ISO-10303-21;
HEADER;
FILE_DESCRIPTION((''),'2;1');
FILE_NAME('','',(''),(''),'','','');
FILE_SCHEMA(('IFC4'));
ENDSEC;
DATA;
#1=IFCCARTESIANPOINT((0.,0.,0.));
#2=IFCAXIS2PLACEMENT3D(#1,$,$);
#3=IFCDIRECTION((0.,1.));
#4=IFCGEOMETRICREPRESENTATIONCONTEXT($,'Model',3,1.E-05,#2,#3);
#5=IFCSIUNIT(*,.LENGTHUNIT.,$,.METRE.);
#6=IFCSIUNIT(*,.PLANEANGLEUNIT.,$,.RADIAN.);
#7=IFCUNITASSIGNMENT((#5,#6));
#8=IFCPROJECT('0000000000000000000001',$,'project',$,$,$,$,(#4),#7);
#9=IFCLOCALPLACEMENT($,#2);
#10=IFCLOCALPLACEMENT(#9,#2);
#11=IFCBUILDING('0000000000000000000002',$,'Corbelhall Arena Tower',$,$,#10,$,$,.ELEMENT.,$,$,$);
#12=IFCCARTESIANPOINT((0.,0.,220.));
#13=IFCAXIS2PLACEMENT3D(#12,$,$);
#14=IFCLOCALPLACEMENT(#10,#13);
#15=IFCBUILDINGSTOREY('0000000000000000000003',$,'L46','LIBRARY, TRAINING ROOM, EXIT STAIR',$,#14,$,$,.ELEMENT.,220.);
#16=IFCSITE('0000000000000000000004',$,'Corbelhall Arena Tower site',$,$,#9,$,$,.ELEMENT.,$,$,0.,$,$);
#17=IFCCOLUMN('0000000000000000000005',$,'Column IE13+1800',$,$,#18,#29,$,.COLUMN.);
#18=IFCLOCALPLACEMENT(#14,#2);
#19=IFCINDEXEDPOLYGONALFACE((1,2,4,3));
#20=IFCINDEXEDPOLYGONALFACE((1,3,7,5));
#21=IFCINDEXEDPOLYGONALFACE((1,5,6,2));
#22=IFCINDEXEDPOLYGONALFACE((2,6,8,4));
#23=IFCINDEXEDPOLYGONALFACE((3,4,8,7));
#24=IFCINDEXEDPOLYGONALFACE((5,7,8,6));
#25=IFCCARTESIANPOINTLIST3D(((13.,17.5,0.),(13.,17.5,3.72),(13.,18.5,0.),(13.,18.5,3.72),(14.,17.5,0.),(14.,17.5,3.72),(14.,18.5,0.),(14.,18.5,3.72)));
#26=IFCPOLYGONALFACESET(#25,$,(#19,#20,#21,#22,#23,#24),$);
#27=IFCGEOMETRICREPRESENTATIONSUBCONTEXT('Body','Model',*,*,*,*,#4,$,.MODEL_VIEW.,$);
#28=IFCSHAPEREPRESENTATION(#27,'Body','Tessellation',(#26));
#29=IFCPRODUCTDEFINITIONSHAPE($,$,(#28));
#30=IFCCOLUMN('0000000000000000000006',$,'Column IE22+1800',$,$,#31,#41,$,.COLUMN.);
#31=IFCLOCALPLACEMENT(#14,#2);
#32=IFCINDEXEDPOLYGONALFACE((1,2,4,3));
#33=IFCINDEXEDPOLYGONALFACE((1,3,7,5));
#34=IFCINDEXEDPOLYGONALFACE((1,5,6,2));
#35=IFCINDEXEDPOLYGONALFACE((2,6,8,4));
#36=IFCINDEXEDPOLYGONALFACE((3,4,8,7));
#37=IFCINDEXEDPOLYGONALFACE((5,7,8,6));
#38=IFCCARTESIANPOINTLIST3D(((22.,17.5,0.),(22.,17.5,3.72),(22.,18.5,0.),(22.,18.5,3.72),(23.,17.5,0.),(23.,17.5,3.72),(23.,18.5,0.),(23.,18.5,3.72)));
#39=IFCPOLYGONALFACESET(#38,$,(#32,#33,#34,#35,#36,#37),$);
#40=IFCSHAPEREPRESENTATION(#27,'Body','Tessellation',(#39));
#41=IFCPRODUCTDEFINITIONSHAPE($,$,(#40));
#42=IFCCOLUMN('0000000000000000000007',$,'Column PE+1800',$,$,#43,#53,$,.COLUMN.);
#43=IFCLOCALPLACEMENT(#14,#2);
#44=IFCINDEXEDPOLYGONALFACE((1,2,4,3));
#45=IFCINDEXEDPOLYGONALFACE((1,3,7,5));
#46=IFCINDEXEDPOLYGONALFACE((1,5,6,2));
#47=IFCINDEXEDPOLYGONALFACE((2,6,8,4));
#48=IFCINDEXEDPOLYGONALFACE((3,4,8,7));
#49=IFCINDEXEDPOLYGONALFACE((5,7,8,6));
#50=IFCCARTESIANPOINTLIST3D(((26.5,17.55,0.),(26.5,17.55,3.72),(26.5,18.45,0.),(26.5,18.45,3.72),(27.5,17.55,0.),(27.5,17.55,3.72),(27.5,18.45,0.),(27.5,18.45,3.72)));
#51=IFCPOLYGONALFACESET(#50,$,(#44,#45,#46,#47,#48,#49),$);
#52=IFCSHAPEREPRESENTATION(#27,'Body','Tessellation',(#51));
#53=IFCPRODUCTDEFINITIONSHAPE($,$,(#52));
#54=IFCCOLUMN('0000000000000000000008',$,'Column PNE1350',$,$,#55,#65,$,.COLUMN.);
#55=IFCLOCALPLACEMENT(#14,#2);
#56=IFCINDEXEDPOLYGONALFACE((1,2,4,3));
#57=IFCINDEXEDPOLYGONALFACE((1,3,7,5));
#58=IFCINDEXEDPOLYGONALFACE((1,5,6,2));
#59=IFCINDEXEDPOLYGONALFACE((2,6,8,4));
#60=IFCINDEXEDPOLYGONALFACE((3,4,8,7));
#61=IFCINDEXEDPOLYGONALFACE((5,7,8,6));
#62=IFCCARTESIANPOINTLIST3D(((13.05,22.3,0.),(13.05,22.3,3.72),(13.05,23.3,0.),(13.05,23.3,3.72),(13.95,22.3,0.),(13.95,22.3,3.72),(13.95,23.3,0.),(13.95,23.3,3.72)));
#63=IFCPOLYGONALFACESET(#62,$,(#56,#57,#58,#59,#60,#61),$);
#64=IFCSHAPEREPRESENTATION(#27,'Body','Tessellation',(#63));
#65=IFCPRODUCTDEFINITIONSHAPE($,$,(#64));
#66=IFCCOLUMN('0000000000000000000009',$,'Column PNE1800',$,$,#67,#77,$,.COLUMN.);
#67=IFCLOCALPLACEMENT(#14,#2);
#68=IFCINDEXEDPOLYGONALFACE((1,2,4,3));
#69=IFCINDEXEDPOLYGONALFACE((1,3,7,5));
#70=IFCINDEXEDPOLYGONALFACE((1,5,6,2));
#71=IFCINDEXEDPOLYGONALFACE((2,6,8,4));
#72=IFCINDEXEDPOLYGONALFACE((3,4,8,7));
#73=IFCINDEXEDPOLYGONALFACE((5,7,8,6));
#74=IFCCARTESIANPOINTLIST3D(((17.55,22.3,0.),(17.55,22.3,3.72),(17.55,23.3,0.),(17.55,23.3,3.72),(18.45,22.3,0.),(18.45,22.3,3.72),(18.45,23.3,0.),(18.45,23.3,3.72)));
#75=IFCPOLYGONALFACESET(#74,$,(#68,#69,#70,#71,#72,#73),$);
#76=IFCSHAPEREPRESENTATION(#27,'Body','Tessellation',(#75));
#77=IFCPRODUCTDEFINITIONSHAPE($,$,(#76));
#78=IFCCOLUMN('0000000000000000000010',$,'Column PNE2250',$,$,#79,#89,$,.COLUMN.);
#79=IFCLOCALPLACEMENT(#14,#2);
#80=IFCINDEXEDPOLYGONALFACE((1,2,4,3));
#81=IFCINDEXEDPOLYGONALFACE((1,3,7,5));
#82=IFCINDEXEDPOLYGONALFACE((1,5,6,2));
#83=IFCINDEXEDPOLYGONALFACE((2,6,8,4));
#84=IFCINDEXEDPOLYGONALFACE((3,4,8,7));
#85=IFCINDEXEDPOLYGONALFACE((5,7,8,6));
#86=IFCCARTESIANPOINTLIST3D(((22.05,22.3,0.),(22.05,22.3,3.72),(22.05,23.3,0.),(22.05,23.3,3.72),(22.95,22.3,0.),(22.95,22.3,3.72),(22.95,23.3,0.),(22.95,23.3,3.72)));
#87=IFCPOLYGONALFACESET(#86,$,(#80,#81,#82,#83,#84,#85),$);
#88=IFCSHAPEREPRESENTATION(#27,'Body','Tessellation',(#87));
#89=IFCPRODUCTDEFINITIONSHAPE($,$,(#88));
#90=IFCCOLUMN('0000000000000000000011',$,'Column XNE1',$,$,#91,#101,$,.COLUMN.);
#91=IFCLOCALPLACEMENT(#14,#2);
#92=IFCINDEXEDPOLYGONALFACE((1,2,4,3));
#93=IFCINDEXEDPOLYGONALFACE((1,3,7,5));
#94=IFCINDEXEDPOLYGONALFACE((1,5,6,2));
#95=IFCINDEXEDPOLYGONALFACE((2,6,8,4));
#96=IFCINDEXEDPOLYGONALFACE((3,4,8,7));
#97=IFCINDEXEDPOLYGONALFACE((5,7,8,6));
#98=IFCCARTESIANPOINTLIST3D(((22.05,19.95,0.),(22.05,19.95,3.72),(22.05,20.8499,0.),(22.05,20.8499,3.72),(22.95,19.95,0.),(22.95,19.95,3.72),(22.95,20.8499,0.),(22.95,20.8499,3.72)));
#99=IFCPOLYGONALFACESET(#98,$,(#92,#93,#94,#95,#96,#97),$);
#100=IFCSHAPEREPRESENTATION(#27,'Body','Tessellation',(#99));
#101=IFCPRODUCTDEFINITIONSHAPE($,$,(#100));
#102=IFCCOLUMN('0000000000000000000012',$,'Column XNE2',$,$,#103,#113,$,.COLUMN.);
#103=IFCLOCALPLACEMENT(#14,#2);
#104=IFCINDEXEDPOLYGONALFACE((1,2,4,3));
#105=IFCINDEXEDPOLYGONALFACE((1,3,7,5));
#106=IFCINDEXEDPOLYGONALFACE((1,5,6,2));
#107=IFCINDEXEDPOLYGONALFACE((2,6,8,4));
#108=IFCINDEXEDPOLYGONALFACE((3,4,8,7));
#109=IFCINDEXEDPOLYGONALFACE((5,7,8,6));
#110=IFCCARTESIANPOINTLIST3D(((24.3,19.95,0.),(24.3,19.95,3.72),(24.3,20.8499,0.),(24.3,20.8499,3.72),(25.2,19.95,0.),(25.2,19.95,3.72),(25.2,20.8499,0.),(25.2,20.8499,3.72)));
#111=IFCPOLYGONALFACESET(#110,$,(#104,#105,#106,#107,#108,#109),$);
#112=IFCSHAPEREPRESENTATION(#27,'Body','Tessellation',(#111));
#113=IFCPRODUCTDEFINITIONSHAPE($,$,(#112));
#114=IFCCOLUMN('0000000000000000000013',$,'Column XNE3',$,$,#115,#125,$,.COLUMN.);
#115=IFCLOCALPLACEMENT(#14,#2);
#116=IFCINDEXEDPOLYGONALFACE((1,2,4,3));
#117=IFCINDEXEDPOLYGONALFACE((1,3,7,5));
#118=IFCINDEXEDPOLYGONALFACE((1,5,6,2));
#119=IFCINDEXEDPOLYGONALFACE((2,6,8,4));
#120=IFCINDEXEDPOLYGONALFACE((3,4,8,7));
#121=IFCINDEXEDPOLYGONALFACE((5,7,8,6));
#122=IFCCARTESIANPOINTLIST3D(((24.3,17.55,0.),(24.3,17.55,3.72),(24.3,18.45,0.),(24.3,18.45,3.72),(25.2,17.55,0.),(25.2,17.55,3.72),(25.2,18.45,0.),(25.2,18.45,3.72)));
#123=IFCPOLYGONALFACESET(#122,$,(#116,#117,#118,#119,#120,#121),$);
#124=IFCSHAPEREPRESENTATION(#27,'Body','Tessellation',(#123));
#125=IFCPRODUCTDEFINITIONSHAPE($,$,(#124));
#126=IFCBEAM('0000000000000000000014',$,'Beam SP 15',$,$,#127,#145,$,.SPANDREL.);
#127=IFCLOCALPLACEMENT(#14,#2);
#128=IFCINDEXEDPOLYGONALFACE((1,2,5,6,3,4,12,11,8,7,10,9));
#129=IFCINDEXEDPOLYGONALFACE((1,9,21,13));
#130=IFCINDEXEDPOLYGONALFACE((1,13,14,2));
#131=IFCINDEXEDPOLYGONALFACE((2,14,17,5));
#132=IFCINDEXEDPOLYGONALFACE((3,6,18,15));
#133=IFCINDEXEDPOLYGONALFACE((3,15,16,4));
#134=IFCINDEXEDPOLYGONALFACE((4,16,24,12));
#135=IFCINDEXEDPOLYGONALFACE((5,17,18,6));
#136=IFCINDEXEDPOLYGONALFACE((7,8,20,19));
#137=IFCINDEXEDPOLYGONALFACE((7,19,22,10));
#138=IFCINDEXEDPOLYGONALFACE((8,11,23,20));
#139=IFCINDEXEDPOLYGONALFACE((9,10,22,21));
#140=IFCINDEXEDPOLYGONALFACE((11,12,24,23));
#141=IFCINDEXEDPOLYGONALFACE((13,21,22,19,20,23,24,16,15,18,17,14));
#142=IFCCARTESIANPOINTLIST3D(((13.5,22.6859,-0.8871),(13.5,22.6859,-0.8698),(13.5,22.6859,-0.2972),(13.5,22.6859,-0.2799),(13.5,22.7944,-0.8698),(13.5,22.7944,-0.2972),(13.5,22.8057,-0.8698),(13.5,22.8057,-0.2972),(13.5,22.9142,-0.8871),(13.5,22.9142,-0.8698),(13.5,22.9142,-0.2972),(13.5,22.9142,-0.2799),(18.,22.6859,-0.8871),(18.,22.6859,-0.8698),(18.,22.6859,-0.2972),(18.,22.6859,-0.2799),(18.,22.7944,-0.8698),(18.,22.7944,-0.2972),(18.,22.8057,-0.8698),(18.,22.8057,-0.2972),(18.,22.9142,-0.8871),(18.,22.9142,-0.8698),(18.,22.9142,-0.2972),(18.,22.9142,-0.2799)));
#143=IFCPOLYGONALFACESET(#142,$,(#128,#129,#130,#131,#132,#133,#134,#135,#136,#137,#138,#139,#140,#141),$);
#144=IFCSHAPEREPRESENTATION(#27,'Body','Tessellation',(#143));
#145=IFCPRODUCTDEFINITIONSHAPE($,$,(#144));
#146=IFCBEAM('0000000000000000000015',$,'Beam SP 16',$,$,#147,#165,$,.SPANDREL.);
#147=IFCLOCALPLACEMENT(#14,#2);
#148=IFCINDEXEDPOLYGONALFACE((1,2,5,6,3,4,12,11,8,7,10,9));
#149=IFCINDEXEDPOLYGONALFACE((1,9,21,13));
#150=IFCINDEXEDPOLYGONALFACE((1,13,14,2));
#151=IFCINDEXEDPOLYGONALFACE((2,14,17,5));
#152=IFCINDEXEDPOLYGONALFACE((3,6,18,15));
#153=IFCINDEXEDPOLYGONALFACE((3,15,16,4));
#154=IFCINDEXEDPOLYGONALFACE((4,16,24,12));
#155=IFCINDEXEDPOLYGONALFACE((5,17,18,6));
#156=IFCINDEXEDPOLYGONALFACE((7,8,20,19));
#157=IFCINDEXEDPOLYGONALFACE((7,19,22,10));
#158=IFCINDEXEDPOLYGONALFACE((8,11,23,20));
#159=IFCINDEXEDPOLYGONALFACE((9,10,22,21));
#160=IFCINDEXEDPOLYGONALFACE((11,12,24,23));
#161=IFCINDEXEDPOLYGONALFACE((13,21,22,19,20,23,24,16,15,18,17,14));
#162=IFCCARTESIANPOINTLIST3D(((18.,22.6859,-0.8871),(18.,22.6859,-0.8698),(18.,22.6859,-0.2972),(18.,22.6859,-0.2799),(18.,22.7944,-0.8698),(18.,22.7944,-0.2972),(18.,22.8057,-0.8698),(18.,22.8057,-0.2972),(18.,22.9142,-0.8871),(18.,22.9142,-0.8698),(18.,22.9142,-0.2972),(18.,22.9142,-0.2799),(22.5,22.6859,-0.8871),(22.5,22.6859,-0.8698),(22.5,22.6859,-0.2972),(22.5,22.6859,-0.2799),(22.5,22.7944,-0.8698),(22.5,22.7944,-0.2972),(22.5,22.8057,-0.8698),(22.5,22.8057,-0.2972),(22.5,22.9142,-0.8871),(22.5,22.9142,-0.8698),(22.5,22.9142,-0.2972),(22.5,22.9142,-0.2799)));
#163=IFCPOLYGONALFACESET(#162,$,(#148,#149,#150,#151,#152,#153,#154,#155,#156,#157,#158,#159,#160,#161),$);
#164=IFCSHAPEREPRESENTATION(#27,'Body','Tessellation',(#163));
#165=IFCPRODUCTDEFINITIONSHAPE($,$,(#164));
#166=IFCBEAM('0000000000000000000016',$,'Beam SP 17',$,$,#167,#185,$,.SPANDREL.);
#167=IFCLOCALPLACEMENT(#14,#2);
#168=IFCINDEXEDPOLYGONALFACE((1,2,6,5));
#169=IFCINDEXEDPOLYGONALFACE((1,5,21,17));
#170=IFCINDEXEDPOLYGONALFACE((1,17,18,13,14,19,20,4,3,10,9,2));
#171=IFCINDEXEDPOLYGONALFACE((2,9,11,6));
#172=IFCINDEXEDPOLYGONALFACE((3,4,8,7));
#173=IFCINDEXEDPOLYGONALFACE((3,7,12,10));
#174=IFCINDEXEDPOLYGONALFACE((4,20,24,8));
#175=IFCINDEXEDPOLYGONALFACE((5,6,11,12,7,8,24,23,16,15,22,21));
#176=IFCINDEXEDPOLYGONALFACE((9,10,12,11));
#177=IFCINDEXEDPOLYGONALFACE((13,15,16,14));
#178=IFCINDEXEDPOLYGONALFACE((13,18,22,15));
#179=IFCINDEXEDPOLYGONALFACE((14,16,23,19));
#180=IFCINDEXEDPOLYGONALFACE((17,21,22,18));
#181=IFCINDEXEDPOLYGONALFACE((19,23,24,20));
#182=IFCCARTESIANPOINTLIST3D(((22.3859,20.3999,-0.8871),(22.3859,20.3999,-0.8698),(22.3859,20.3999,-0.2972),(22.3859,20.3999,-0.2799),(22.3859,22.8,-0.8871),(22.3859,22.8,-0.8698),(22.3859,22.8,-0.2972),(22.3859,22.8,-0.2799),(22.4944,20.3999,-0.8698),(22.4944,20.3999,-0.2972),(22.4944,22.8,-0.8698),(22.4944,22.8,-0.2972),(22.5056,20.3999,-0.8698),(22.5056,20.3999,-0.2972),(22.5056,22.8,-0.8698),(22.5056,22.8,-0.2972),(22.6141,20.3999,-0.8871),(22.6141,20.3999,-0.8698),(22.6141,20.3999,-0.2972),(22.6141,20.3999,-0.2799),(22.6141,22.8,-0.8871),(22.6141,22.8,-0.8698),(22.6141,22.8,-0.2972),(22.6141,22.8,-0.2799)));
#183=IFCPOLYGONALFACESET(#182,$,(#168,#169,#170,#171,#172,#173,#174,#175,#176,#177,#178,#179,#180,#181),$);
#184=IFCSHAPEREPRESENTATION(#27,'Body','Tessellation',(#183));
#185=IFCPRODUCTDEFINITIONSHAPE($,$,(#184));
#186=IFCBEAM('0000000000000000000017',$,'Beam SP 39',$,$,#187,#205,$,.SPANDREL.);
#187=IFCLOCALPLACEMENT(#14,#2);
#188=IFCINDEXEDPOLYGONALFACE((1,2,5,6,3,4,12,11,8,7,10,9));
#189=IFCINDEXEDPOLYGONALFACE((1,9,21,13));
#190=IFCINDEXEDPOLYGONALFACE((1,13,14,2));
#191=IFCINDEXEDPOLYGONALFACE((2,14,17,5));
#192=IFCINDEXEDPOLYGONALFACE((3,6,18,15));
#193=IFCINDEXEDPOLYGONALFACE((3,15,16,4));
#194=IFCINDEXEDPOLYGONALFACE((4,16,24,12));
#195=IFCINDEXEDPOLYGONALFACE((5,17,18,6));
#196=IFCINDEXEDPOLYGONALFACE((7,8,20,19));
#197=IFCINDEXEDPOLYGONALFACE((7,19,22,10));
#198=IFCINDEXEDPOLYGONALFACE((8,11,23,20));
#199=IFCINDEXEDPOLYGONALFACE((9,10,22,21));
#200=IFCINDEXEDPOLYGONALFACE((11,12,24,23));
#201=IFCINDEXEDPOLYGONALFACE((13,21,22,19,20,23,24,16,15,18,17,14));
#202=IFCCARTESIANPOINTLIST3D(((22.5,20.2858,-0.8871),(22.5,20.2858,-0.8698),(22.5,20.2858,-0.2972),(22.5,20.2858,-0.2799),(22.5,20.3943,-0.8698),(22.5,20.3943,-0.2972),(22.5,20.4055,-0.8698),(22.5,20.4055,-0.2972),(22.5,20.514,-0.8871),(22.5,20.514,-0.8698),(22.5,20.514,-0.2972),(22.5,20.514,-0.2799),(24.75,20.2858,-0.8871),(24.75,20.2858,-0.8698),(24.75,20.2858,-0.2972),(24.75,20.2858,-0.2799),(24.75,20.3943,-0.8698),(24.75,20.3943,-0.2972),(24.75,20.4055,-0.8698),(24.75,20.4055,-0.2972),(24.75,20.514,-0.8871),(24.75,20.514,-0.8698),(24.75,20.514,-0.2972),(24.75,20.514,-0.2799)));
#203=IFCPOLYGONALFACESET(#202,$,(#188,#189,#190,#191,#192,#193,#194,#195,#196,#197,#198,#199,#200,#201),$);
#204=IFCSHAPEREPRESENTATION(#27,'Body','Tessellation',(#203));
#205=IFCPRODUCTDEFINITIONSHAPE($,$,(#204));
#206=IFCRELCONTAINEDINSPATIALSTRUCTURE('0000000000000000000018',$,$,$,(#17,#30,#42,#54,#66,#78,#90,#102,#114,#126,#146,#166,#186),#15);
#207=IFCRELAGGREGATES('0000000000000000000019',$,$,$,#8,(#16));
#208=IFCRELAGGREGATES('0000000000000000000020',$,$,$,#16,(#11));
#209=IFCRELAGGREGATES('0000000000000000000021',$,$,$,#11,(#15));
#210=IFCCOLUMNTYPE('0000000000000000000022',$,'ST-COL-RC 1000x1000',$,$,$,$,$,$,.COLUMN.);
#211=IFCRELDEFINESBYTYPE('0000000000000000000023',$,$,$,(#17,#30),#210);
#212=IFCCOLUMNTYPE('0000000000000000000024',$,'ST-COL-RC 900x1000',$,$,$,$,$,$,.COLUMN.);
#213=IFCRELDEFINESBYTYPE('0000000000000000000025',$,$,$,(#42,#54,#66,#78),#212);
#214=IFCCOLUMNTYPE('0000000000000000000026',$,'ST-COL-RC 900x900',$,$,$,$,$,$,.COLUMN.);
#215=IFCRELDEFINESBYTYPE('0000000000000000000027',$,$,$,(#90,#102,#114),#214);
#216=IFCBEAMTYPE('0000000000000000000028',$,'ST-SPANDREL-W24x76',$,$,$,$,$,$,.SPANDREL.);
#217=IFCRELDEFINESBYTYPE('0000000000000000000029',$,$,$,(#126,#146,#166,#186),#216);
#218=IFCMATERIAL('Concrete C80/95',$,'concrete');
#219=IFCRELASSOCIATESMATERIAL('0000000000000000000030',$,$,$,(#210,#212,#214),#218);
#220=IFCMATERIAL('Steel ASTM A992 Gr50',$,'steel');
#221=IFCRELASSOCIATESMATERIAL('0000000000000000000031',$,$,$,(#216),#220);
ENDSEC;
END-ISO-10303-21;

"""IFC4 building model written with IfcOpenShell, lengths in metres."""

from ifc_helpers import new_model, si_unit, direction, frame, origin, origin_2d, place, context, subcontext, project, spatial, rectangle, i_section, extrude, material, material_profile, profile_set, type_object, element, save


model = new_model("IFC4")

# Units and contexts
model_context = context("Model", 3, precision=1e-05, world=origin(), true_north=direction((0.0, 1.0)))
body_context = subcontext(model_context, "Body", "Model", "MODEL_VIEW")
ifc_project = project(units=[si_unit("LENGTHUNIT", "METRE"), si_unit("PLANEANGLEUNIT", "RADIAN")], contexts=[model_context])

# Site, building, storey
site_placement = place(None, origin())
site = spatial("IfcSite", under=ifc_project, at=site_placement, Name="Corbelhall Arena Tower site", CompositionType="ELEMENT", RefElevation=0.0)
building_placement = place(site_placement, origin())
building = spatial("IfcBuilding", under=site, at=building_placement, Name="Corbelhall Arena Tower", CompositionType="ELEMENT")
storey_placement = place(building_placement, frame((0.0, 0.0, 220.0)))
storey = spatial("IfcBuildingStorey", under=building, at=storey_placement, Name="L46", Description="LIBRARY, TRAINING ROOM, EXIT STAIR", CompositionType="ELEMENT", Elevation=220.0)

# Columns
ifc_material_1 = material(Name="Concrete C80/95", Category="concrete")
ifc_material_profile_1 = material_profile(ifc_material_1, rectangle(XDim=1.0, YDim=1.0, at=origin_2d()))
ifc_profile_set_1 = profile_set([ifc_material_profile_1], Name="Concrete C80/95")
column_type_1 = type_object("IfcColumnType", Name="ST-COL-RC 1000x1000", PredefinedType="COLUMN", material=ifc_profile_set_1)
for number, where, z_axis, x_axis, name in (
    (1, (13.5, 18.0, 0.0), (0.0, 0.0, 1.0), (1.0, 0.0, 0.0), "Column IE13+1800"),
    (2, (22.5, 18.0, 0.0), (0.0, 0.0, 1.0), (1.0, 0.0, 0.0), "Column IE22+1800"),
):
    element("IfcColumn", number, at=place(storey_placement, frame(where, z_axis=z_axis, x_axis=x_axis)), inside=storey, type_object=column_type_1, Name=name, PredefinedType="COLUMN", context=body_context, shape_type="SweptSolid", body=[
        extrude(rectangle(XDim=1.0, YDim=1.0, at=origin_2d()), origin(), (0.0, 0.0, 1.0), 3.72),
    ])
ifc_material_profile_2 = material_profile(ifc_material_1, rectangle(XDim=0.8999, YDim=1.0, at=origin_2d()))
ifc_profile_set_2 = profile_set([ifc_material_profile_2], Name="Concrete C80/95")
column_type_2 = type_object("IfcColumnType", Name="ST-COL-RC 900x1000", PredefinedType="COLUMN", material=ifc_profile_set_2)
for number, where, z_axis, x_axis, name in (
    (3, (27.0, 18.0, 0.0), (0.0, 0.0, 1.0), (0.0, 1.0, 0.0), "Column PE+1800"),
    (4, (13.5, 22.8, 0.0), (0.0, 0.0, 1.0), (1.0, 0.0, 0.0), "Column PNE1350"),
    (5, (18.0, 22.8, 0.0), (0.0, 0.0, 1.0), (1.0, 0.0, 0.0), "Column PNE1800"),
    (6, (22.5, 22.8, 0.0), (0.0, 0.0, 1.0), (1.0, 0.0, 0.0), "Column PNE2250"),
):
    element("IfcColumn", number, at=place(storey_placement, frame(where, z_axis=z_axis, x_axis=x_axis)), inside=storey, type_object=column_type_2, Name=name, PredefinedType="COLUMN", context=body_context, shape_type="SweptSolid", body=[
        extrude(rectangle(XDim=0.8999, YDim=1.0, at=origin_2d()), origin(), (0.0, 0.0, 1.0), 3.72),
    ])
ifc_material_profile_3 = material_profile(ifc_material_1, rectangle(XDim=0.8999, YDim=0.8999, at=origin_2d()))
ifc_profile_set_3 = profile_set([ifc_material_profile_3], Name="Concrete C80/95")
column_type_3 = type_object("IfcColumnType", Name="ST-COL-RC 900x900", PredefinedType="COLUMN", material=ifc_profile_set_3)
for number, where, z_axis, x_axis, name in (
    (7, (22.5, 20.3999, 0.0), (0.0, 0.0, 1.0), (1.0, 0.0, 0.0), "Column XNE1"),
    (8, (24.75, 20.3999, 0.0), (0.0, 0.0, 1.0), (1.0, 0.0, 0.0), "Column XNE2"),
    (9, (24.75, 18.0, 0.0), (0.0, 0.0, 1.0), (1.0, 0.0, 0.0), "Column XNE3"),
):
    element("IfcColumn", number, at=place(storey_placement, frame(where, z_axis=z_axis, x_axis=x_axis)), inside=storey, type_object=column_type_3, Name=name, PredefinedType="COLUMN", context=body_context, shape_type="SweptSolid", body=[
        extrude(rectangle(XDim=0.8999, YDim=0.8999, at=origin_2d()), origin(), (0.0, 0.0, 1.0), 3.72),
    ])

# Beams
ifc_material_2 = material(Name="Steel ASTM A992 Gr50", Category="steel")
ifc_material_profile_4 = material_profile(ifc_material_2, i_section(OverallWidth=0.2283, OverallDepth=0.6072, WebThickness=0.0112, FlangeThickness=0.0173, at=origin_2d()))
ifc_profile_set_4 = profile_set([ifc_material_profile_4], Name="Steel ASTM A992 Gr50")
beam_type_1 = type_object("IfcBeamType", Name="ST-SPANDREL-W24x76", PredefinedType="SPANDREL", material=ifc_profile_set_4)
for number, where, z_axis, x_axis, name in (
    (10, (13.5, 22.8, -0.5835), (1.0, 0.0, 0.0), (0.0, 1.0, 0.0), "Beam SP 15"),
    (11, (18.0, 22.8, -0.5835), (1.0, 0.0, 0.0), (0.0, 1.0, 0.0), "Beam SP 16"),
):
    element("IfcBeam", number, at=place(storey_placement, frame(where, z_axis=z_axis, x_axis=x_axis)), inside=storey, type_object=beam_type_1, Name=name, PredefinedType="SPANDREL", context=body_context, shape_type="SweptSolid", body=[
        extrude(i_section(OverallWidth=0.2283, OverallDepth=0.6072, WebThickness=0.0112, FlangeThickness=0.0173, at=origin_2d()), origin(), (0.0, 0.0, 1.0), 4.5),
    ])
beam_1_placement = place(storey_placement, frame((22.5, 22.8, -0.5835), z_axis=(0.0, -1.0, 0.0), x_axis=(1.0, 0.0, 0.0)))
element("IfcBeam", 12, at=beam_1_placement, inside=storey, type_object=beam_type_1, Name="Beam SP 17", PredefinedType="SPANDREL", context=body_context, shape_type="SweptSolid", body=[
    extrude(i_section(OverallWidth=0.2283, OverallDepth=0.6072, WebThickness=0.0112, FlangeThickness=0.0173, at=origin_2d()), origin(), (0.0, 0.0, 1.0), 2.4001),
])
beam_2_placement = place(storey_placement, frame((22.5, 20.3999, -0.5835), z_axis=(1.0, 0.0, 0.0), x_axis=(0.0, 1.0, 0.0)))
element("IfcBeam", 13, at=beam_2_placement, inside=storey, type_object=beam_type_1, Name="Beam SP 39", PredefinedType="SPANDREL", context=body_context, shape_type="SweptSolid", body=[
    extrude(i_section(OverallWidth=0.2283, OverallDepth=0.6072, WebThickness=0.0112, FlangeThickness=0.0173, at=origin_2d()), origin(), (0.0, 0.0, 1.0), 2.25),
])

save(model, "model.ifc")
